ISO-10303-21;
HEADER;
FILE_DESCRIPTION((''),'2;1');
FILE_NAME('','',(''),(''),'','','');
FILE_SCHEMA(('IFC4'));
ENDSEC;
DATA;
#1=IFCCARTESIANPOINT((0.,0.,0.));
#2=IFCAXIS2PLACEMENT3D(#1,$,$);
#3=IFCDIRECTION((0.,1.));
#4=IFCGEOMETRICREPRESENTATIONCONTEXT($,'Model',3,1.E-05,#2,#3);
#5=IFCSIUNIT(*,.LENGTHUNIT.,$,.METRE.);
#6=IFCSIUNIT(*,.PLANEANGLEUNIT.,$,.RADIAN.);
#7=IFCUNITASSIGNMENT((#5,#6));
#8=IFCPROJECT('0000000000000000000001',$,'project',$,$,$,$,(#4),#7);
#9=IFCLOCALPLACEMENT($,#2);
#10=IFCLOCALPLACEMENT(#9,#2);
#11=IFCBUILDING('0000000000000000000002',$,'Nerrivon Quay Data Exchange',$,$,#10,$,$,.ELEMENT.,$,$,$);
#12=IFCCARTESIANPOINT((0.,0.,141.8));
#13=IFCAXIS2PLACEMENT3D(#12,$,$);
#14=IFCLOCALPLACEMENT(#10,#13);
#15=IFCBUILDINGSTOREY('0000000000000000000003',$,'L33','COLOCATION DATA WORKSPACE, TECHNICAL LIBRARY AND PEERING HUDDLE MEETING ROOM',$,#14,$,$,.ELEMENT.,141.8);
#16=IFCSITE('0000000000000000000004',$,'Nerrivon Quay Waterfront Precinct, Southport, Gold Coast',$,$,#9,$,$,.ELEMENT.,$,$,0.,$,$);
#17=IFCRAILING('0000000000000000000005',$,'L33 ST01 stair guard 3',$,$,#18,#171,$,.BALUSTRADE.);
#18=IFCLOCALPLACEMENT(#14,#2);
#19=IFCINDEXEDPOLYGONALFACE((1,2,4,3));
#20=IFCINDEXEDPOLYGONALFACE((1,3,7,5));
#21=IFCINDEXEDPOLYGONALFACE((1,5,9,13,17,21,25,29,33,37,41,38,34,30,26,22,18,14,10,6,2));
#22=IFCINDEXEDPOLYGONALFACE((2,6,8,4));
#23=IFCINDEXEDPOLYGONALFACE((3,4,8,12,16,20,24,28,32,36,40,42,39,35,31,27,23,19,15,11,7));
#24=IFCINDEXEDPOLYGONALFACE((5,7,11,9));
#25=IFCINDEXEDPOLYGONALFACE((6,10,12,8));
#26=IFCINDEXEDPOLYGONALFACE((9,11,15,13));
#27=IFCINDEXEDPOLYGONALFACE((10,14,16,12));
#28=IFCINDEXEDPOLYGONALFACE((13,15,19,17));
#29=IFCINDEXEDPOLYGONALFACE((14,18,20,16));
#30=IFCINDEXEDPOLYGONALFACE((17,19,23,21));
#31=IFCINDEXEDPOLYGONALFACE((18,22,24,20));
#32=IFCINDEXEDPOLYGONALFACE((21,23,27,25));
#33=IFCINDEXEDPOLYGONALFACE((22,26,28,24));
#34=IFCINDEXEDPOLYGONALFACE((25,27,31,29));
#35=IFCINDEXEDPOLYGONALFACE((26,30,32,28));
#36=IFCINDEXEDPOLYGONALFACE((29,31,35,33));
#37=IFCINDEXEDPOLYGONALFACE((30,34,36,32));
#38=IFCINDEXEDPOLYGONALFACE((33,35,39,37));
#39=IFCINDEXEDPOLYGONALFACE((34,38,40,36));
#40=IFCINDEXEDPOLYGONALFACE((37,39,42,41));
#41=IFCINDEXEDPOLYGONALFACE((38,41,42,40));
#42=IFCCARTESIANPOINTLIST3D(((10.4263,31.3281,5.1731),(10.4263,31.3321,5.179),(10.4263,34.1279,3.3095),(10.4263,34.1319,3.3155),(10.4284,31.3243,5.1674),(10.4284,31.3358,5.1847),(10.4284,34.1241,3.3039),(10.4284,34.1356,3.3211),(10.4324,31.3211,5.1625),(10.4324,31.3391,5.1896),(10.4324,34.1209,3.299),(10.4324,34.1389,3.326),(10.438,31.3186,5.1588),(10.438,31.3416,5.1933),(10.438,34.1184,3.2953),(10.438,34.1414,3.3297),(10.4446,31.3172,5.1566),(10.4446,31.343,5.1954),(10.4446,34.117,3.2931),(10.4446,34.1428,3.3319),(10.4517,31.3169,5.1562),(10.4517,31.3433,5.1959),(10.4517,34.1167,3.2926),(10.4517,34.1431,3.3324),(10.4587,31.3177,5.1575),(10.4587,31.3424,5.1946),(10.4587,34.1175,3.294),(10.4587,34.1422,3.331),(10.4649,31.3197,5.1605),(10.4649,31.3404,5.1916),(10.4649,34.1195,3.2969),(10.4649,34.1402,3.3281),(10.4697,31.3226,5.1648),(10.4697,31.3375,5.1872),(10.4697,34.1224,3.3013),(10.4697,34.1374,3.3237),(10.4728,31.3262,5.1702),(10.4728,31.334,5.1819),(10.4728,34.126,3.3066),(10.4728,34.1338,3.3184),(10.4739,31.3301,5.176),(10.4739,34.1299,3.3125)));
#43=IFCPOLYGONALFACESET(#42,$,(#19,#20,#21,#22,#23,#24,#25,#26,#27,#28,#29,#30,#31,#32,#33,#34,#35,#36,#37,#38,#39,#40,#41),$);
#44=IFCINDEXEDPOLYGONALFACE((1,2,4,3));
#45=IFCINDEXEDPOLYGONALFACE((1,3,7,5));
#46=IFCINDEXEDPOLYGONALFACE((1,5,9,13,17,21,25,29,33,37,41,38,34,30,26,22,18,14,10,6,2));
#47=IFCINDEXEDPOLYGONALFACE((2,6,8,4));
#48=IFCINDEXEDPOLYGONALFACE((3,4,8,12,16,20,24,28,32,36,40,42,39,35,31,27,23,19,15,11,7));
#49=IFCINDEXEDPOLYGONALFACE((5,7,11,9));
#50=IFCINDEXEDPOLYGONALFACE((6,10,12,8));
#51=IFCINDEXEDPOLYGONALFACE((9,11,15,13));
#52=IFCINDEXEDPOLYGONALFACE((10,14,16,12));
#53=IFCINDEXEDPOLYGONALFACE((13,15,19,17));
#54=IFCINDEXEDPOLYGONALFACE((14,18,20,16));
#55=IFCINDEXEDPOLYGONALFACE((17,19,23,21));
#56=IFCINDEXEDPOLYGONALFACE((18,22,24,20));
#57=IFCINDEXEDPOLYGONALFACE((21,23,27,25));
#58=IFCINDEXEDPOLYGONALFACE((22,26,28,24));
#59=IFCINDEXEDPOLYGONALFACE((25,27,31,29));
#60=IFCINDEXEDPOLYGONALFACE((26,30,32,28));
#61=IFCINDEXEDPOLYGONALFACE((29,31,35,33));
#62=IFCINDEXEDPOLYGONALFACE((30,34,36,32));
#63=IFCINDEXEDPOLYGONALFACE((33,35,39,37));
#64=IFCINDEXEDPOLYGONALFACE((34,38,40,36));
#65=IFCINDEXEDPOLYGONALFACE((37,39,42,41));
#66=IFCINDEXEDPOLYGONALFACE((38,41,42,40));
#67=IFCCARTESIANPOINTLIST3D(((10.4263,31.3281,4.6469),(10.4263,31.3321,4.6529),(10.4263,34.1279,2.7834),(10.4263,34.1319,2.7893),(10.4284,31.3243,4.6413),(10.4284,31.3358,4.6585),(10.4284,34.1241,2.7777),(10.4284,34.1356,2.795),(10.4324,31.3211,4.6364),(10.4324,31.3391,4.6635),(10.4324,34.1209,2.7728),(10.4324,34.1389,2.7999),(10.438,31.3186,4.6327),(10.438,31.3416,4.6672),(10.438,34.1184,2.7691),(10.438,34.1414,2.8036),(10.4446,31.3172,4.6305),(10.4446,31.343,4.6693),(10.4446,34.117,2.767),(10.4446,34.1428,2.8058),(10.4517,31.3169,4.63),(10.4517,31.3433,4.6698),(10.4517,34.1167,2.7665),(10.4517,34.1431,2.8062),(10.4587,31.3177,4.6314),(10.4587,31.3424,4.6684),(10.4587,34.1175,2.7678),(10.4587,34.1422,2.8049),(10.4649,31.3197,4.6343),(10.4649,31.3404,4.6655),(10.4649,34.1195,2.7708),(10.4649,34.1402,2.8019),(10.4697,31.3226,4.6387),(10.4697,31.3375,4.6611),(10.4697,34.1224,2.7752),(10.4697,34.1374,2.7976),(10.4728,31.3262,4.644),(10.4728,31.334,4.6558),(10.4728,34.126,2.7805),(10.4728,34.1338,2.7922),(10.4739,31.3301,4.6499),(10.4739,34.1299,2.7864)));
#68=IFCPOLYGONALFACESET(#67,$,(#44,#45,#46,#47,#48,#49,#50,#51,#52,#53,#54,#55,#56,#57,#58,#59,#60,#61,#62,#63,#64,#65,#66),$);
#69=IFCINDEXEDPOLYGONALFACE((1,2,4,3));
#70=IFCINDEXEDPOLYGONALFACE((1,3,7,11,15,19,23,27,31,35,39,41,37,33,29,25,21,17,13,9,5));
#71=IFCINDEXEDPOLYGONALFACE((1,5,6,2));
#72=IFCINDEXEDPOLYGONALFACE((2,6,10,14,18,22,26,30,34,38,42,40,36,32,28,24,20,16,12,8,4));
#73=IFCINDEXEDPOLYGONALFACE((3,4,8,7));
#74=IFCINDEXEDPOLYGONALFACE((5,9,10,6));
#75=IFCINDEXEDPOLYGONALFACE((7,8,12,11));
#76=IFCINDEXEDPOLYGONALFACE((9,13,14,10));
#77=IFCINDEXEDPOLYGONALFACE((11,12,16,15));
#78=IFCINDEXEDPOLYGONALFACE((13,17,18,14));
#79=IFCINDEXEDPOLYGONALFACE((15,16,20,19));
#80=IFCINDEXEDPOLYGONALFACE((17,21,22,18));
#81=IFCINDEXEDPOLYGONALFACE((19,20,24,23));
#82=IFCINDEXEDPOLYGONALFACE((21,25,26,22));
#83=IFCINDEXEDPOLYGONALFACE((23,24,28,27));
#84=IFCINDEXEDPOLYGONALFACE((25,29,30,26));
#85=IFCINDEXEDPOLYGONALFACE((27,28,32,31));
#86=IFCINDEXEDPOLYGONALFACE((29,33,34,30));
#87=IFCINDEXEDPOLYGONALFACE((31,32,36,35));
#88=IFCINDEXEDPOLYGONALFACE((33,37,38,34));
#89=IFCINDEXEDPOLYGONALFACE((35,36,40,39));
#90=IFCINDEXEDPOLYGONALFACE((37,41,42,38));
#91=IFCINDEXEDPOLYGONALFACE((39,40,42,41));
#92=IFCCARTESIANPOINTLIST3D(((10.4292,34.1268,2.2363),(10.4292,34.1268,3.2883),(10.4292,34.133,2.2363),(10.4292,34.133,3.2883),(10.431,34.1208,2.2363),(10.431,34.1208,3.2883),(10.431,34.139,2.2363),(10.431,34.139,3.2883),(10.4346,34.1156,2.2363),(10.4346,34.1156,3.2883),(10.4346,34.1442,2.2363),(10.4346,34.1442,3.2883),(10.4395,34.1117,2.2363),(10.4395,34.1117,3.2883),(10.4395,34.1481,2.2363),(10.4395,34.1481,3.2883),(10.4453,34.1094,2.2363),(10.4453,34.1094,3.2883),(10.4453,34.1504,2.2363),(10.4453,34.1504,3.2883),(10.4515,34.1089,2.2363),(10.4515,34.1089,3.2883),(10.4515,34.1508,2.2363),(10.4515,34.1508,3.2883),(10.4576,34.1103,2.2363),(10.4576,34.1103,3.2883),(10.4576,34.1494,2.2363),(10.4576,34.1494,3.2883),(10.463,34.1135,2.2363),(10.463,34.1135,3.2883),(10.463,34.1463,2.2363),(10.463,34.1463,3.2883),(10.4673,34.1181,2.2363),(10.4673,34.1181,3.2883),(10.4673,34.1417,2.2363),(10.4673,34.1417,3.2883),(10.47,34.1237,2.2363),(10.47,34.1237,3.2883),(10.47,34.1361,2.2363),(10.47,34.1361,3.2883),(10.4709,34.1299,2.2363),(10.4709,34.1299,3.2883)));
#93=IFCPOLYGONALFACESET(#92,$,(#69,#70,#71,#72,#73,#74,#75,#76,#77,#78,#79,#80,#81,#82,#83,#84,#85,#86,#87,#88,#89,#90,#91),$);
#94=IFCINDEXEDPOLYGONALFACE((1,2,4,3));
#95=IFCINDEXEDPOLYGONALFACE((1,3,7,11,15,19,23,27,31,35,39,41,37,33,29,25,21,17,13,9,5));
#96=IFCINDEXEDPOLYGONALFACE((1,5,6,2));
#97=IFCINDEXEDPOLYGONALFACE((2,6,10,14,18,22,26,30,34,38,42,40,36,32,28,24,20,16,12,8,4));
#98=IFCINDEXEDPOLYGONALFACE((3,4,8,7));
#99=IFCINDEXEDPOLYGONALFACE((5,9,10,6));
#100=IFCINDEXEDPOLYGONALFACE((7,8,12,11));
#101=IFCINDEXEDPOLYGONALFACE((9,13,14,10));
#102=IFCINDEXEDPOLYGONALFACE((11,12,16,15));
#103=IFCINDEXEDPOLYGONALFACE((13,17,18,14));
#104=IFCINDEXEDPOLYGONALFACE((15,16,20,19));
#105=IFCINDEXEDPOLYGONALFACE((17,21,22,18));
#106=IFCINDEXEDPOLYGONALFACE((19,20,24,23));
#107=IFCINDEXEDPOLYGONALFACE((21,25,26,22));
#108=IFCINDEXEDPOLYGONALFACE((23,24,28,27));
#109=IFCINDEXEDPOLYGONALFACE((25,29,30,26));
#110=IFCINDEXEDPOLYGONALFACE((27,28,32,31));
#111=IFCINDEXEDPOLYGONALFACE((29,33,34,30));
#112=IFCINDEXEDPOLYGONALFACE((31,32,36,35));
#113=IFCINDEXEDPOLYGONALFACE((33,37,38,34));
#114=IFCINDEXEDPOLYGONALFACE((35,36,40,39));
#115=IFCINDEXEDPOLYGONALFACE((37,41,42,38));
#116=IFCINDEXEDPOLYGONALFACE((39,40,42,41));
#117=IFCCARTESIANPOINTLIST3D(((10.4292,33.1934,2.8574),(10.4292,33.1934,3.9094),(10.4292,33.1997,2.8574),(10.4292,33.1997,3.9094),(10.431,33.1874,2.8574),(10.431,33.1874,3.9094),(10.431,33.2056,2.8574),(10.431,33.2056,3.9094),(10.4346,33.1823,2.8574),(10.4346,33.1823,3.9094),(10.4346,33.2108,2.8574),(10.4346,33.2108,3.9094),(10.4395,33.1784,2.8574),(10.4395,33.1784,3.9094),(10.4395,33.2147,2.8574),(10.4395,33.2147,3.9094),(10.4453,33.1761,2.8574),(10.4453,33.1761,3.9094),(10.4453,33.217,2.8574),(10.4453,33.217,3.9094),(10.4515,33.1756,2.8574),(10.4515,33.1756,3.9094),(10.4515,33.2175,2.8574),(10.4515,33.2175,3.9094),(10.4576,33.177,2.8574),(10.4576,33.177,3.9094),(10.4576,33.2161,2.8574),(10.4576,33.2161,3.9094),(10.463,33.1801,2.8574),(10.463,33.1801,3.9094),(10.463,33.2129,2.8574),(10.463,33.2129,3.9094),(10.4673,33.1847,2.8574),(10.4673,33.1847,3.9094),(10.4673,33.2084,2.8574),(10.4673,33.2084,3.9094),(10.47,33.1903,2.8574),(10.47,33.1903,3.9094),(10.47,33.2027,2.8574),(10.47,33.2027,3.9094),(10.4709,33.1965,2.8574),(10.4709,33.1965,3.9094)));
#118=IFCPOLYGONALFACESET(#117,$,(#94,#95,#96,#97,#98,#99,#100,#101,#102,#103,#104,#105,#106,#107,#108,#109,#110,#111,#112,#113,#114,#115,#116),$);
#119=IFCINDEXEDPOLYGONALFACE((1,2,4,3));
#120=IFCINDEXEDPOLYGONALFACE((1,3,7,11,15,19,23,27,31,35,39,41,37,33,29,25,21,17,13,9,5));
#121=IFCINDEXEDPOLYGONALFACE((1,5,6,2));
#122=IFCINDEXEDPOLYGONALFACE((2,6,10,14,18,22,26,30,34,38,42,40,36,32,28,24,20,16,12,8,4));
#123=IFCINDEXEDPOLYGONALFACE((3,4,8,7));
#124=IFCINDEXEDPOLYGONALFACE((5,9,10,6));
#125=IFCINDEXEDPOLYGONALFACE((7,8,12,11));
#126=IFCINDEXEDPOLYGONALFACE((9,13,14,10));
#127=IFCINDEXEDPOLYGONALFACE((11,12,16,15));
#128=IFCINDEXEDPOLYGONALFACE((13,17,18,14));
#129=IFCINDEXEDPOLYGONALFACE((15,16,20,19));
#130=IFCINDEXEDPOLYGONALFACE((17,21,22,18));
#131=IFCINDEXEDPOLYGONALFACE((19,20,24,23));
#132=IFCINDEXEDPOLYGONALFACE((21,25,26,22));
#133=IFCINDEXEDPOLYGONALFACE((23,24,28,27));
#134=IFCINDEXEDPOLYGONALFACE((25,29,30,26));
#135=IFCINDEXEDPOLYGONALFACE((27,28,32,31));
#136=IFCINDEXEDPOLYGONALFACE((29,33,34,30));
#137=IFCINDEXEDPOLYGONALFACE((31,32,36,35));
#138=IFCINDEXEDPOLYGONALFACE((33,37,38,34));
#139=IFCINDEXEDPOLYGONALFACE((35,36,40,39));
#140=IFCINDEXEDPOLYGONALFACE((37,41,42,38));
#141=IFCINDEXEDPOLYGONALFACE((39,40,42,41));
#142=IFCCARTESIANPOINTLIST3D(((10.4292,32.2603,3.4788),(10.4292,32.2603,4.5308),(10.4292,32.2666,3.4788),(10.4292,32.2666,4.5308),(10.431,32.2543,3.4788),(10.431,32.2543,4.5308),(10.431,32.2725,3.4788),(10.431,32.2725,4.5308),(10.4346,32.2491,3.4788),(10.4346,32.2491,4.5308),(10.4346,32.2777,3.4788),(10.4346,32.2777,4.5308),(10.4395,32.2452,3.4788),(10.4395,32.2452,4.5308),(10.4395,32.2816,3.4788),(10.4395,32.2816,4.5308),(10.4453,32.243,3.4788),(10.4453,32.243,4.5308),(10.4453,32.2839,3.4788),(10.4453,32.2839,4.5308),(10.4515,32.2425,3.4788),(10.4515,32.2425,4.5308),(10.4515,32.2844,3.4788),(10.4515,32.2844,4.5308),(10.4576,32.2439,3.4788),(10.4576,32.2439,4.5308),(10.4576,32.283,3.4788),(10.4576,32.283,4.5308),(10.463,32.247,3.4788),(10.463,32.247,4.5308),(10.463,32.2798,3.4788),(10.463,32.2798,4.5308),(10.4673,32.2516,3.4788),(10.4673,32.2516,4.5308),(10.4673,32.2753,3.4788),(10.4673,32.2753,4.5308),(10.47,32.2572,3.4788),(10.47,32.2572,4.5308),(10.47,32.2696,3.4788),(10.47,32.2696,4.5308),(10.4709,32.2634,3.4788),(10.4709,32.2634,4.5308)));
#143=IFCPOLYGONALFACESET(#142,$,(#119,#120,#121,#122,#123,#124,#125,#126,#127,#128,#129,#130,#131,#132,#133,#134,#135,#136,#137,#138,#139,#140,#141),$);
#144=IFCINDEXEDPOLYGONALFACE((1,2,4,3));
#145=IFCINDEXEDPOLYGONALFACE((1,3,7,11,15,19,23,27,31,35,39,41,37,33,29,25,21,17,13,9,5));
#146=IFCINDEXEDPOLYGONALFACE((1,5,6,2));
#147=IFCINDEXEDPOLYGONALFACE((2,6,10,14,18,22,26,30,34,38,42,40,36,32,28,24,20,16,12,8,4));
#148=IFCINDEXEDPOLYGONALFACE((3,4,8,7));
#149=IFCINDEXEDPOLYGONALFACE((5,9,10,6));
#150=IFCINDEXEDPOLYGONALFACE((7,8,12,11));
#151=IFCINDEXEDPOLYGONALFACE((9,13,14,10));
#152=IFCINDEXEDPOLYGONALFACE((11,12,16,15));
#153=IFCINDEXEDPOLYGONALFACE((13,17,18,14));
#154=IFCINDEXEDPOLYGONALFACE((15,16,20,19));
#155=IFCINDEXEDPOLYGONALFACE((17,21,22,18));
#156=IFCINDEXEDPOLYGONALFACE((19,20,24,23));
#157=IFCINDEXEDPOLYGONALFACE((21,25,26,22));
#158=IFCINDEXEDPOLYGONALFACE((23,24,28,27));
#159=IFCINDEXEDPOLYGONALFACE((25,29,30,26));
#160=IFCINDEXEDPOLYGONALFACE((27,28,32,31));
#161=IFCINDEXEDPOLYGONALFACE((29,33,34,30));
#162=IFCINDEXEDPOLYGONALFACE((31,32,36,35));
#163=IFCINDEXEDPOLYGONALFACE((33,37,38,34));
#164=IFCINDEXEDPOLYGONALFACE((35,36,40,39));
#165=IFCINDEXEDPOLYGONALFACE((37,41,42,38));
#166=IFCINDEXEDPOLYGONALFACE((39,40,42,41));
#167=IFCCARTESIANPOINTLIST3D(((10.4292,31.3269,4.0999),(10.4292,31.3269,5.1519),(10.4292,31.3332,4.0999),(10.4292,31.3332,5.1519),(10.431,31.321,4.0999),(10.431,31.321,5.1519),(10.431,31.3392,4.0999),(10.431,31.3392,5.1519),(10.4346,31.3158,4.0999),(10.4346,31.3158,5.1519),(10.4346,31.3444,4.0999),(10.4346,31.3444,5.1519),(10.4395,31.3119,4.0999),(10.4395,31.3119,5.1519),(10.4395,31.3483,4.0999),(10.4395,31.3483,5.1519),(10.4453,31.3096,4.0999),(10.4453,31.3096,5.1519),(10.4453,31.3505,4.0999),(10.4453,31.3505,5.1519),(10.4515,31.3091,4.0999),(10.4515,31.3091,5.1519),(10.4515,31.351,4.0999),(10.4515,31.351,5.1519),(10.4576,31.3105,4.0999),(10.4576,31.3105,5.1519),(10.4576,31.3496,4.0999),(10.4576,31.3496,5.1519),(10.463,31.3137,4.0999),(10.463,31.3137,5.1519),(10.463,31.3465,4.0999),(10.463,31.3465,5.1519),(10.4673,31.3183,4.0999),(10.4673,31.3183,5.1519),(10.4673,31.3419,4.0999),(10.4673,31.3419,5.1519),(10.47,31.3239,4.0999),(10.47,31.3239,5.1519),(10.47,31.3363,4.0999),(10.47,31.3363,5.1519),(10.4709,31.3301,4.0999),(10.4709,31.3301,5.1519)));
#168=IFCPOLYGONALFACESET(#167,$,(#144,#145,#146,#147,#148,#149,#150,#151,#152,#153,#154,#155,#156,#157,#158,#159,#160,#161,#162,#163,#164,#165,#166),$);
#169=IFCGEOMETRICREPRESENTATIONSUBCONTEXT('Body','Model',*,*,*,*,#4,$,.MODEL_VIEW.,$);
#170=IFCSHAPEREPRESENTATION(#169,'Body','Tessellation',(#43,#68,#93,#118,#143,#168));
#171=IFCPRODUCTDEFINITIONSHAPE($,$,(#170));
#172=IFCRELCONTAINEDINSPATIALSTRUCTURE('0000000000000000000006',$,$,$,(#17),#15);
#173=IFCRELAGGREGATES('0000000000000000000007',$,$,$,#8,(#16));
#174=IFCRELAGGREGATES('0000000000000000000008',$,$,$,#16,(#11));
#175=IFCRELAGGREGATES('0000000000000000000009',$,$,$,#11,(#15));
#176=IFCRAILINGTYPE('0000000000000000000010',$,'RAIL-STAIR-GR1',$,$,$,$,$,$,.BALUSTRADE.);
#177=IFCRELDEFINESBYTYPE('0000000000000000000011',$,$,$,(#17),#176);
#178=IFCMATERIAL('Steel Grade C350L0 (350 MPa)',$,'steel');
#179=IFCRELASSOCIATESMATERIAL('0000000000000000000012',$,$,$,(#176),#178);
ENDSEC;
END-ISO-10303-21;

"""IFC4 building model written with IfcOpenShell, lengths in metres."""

from ifc_helpers import new_model, si_unit, direction, frame, origin, origin_2d, place, context, subcontext, project, spatial, circle, extrude, material, type_object, element, save


model = new_model("IFC4")

# Units and contexts
model_context = context("Model", 3, precision=1e-05, world=origin(), true_north=direction((0.0, 1.0)))
body_context = subcontext(model_context, "Body", "Model", "MODEL_VIEW")
ifc_project = project(units=[si_unit("LENGTHUNIT", "METRE"), si_unit("PLANEANGLEUNIT", "RADIAN")], contexts=[model_context])

# Site, building, storey
site_placement = place(None, origin())
site = spatial("IfcSite", under=ifc_project, at=site_placement, Name="Nerrivon Quay Waterfront Precinct, Southport, Gold Coast", CompositionType="ELEMENT", RefElevation=0.0)
building_placement = place(site_placement, origin())
building = spatial("IfcBuilding", under=site, at=building_placement, Name="Nerrivon Quay Data Exchange", CompositionType="ELEMENT")
storey_placement = place(building_placement, frame((0.0, 0.0, 141.8)))
storey = spatial("IfcBuildingStorey", under=building, at=storey_placement, Name="L33", Description="COLOCATION DATA WORKSPACE, TECHNICAL LIBRARY AND PEERING HUDDLE MEETING ROOM", CompositionType="ELEMENT", Elevation=141.8)

# Railing
ifc_material_1 = material(Name="Steel Grade C350L0 (350 MPa)", Category="steel")
railing_type_1 = type_object("IfcRailingType", Name="RAIL-STAIR-GR1", PredefinedType="BALUSTRADE", material=ifc_material_1)
railing_1_placement = place(storey_placement, frame((10.45, 34.1299, 2.2363)))
element("IfcRailing", 1, at=railing_1_placement, inside=storey, type_object=railing_type_1, Name="L33 ST01 stair guard 3", PredefinedType="BALUSTRADE", context=body_context, shape_type="SweptSolid", body=[
    extrude(circle(Radius=0.0239, at=origin_2d()), frame((0.0, 0.0, 1.0762), z_axis=(0.0, -0.832463, 0.55408), x_axis=(1.0, 0.0, 0.0)), (0.0, 0.0, 1.0), 3.3633),
    extrude(circle(Radius=0.0239, at=origin_2d()), frame((0.0, 0.0, 0.55), z_axis=(0.0, -0.832463, 0.55408), x_axis=(1.0, 0.0, 0.0)), (0.0, 0.0, 1.0), 3.3633),
    extrude(circle(Radius=0.021, at=origin_2d()), origin(), (0.0, 0.0, 1.0), 1.052),
    extrude(circle(Radius=0.021, at=origin_2d()), frame((0.0, -0.9333, 0.6211)), (0.0, 0.0, 1.0), 1.052),
    extrude(circle(Radius=0.021, at=origin_2d()), frame((0.0, -1.8665, 1.2424)), (0.0, 0.0, 1.0), 1.052),
    extrude(circle(Radius=0.021, at=origin_2d()), frame((0.0, -2.7998, 1.8635)), (0.0, 0.0, 1.0), 1.052),
])

save(model, "model.ifc")
